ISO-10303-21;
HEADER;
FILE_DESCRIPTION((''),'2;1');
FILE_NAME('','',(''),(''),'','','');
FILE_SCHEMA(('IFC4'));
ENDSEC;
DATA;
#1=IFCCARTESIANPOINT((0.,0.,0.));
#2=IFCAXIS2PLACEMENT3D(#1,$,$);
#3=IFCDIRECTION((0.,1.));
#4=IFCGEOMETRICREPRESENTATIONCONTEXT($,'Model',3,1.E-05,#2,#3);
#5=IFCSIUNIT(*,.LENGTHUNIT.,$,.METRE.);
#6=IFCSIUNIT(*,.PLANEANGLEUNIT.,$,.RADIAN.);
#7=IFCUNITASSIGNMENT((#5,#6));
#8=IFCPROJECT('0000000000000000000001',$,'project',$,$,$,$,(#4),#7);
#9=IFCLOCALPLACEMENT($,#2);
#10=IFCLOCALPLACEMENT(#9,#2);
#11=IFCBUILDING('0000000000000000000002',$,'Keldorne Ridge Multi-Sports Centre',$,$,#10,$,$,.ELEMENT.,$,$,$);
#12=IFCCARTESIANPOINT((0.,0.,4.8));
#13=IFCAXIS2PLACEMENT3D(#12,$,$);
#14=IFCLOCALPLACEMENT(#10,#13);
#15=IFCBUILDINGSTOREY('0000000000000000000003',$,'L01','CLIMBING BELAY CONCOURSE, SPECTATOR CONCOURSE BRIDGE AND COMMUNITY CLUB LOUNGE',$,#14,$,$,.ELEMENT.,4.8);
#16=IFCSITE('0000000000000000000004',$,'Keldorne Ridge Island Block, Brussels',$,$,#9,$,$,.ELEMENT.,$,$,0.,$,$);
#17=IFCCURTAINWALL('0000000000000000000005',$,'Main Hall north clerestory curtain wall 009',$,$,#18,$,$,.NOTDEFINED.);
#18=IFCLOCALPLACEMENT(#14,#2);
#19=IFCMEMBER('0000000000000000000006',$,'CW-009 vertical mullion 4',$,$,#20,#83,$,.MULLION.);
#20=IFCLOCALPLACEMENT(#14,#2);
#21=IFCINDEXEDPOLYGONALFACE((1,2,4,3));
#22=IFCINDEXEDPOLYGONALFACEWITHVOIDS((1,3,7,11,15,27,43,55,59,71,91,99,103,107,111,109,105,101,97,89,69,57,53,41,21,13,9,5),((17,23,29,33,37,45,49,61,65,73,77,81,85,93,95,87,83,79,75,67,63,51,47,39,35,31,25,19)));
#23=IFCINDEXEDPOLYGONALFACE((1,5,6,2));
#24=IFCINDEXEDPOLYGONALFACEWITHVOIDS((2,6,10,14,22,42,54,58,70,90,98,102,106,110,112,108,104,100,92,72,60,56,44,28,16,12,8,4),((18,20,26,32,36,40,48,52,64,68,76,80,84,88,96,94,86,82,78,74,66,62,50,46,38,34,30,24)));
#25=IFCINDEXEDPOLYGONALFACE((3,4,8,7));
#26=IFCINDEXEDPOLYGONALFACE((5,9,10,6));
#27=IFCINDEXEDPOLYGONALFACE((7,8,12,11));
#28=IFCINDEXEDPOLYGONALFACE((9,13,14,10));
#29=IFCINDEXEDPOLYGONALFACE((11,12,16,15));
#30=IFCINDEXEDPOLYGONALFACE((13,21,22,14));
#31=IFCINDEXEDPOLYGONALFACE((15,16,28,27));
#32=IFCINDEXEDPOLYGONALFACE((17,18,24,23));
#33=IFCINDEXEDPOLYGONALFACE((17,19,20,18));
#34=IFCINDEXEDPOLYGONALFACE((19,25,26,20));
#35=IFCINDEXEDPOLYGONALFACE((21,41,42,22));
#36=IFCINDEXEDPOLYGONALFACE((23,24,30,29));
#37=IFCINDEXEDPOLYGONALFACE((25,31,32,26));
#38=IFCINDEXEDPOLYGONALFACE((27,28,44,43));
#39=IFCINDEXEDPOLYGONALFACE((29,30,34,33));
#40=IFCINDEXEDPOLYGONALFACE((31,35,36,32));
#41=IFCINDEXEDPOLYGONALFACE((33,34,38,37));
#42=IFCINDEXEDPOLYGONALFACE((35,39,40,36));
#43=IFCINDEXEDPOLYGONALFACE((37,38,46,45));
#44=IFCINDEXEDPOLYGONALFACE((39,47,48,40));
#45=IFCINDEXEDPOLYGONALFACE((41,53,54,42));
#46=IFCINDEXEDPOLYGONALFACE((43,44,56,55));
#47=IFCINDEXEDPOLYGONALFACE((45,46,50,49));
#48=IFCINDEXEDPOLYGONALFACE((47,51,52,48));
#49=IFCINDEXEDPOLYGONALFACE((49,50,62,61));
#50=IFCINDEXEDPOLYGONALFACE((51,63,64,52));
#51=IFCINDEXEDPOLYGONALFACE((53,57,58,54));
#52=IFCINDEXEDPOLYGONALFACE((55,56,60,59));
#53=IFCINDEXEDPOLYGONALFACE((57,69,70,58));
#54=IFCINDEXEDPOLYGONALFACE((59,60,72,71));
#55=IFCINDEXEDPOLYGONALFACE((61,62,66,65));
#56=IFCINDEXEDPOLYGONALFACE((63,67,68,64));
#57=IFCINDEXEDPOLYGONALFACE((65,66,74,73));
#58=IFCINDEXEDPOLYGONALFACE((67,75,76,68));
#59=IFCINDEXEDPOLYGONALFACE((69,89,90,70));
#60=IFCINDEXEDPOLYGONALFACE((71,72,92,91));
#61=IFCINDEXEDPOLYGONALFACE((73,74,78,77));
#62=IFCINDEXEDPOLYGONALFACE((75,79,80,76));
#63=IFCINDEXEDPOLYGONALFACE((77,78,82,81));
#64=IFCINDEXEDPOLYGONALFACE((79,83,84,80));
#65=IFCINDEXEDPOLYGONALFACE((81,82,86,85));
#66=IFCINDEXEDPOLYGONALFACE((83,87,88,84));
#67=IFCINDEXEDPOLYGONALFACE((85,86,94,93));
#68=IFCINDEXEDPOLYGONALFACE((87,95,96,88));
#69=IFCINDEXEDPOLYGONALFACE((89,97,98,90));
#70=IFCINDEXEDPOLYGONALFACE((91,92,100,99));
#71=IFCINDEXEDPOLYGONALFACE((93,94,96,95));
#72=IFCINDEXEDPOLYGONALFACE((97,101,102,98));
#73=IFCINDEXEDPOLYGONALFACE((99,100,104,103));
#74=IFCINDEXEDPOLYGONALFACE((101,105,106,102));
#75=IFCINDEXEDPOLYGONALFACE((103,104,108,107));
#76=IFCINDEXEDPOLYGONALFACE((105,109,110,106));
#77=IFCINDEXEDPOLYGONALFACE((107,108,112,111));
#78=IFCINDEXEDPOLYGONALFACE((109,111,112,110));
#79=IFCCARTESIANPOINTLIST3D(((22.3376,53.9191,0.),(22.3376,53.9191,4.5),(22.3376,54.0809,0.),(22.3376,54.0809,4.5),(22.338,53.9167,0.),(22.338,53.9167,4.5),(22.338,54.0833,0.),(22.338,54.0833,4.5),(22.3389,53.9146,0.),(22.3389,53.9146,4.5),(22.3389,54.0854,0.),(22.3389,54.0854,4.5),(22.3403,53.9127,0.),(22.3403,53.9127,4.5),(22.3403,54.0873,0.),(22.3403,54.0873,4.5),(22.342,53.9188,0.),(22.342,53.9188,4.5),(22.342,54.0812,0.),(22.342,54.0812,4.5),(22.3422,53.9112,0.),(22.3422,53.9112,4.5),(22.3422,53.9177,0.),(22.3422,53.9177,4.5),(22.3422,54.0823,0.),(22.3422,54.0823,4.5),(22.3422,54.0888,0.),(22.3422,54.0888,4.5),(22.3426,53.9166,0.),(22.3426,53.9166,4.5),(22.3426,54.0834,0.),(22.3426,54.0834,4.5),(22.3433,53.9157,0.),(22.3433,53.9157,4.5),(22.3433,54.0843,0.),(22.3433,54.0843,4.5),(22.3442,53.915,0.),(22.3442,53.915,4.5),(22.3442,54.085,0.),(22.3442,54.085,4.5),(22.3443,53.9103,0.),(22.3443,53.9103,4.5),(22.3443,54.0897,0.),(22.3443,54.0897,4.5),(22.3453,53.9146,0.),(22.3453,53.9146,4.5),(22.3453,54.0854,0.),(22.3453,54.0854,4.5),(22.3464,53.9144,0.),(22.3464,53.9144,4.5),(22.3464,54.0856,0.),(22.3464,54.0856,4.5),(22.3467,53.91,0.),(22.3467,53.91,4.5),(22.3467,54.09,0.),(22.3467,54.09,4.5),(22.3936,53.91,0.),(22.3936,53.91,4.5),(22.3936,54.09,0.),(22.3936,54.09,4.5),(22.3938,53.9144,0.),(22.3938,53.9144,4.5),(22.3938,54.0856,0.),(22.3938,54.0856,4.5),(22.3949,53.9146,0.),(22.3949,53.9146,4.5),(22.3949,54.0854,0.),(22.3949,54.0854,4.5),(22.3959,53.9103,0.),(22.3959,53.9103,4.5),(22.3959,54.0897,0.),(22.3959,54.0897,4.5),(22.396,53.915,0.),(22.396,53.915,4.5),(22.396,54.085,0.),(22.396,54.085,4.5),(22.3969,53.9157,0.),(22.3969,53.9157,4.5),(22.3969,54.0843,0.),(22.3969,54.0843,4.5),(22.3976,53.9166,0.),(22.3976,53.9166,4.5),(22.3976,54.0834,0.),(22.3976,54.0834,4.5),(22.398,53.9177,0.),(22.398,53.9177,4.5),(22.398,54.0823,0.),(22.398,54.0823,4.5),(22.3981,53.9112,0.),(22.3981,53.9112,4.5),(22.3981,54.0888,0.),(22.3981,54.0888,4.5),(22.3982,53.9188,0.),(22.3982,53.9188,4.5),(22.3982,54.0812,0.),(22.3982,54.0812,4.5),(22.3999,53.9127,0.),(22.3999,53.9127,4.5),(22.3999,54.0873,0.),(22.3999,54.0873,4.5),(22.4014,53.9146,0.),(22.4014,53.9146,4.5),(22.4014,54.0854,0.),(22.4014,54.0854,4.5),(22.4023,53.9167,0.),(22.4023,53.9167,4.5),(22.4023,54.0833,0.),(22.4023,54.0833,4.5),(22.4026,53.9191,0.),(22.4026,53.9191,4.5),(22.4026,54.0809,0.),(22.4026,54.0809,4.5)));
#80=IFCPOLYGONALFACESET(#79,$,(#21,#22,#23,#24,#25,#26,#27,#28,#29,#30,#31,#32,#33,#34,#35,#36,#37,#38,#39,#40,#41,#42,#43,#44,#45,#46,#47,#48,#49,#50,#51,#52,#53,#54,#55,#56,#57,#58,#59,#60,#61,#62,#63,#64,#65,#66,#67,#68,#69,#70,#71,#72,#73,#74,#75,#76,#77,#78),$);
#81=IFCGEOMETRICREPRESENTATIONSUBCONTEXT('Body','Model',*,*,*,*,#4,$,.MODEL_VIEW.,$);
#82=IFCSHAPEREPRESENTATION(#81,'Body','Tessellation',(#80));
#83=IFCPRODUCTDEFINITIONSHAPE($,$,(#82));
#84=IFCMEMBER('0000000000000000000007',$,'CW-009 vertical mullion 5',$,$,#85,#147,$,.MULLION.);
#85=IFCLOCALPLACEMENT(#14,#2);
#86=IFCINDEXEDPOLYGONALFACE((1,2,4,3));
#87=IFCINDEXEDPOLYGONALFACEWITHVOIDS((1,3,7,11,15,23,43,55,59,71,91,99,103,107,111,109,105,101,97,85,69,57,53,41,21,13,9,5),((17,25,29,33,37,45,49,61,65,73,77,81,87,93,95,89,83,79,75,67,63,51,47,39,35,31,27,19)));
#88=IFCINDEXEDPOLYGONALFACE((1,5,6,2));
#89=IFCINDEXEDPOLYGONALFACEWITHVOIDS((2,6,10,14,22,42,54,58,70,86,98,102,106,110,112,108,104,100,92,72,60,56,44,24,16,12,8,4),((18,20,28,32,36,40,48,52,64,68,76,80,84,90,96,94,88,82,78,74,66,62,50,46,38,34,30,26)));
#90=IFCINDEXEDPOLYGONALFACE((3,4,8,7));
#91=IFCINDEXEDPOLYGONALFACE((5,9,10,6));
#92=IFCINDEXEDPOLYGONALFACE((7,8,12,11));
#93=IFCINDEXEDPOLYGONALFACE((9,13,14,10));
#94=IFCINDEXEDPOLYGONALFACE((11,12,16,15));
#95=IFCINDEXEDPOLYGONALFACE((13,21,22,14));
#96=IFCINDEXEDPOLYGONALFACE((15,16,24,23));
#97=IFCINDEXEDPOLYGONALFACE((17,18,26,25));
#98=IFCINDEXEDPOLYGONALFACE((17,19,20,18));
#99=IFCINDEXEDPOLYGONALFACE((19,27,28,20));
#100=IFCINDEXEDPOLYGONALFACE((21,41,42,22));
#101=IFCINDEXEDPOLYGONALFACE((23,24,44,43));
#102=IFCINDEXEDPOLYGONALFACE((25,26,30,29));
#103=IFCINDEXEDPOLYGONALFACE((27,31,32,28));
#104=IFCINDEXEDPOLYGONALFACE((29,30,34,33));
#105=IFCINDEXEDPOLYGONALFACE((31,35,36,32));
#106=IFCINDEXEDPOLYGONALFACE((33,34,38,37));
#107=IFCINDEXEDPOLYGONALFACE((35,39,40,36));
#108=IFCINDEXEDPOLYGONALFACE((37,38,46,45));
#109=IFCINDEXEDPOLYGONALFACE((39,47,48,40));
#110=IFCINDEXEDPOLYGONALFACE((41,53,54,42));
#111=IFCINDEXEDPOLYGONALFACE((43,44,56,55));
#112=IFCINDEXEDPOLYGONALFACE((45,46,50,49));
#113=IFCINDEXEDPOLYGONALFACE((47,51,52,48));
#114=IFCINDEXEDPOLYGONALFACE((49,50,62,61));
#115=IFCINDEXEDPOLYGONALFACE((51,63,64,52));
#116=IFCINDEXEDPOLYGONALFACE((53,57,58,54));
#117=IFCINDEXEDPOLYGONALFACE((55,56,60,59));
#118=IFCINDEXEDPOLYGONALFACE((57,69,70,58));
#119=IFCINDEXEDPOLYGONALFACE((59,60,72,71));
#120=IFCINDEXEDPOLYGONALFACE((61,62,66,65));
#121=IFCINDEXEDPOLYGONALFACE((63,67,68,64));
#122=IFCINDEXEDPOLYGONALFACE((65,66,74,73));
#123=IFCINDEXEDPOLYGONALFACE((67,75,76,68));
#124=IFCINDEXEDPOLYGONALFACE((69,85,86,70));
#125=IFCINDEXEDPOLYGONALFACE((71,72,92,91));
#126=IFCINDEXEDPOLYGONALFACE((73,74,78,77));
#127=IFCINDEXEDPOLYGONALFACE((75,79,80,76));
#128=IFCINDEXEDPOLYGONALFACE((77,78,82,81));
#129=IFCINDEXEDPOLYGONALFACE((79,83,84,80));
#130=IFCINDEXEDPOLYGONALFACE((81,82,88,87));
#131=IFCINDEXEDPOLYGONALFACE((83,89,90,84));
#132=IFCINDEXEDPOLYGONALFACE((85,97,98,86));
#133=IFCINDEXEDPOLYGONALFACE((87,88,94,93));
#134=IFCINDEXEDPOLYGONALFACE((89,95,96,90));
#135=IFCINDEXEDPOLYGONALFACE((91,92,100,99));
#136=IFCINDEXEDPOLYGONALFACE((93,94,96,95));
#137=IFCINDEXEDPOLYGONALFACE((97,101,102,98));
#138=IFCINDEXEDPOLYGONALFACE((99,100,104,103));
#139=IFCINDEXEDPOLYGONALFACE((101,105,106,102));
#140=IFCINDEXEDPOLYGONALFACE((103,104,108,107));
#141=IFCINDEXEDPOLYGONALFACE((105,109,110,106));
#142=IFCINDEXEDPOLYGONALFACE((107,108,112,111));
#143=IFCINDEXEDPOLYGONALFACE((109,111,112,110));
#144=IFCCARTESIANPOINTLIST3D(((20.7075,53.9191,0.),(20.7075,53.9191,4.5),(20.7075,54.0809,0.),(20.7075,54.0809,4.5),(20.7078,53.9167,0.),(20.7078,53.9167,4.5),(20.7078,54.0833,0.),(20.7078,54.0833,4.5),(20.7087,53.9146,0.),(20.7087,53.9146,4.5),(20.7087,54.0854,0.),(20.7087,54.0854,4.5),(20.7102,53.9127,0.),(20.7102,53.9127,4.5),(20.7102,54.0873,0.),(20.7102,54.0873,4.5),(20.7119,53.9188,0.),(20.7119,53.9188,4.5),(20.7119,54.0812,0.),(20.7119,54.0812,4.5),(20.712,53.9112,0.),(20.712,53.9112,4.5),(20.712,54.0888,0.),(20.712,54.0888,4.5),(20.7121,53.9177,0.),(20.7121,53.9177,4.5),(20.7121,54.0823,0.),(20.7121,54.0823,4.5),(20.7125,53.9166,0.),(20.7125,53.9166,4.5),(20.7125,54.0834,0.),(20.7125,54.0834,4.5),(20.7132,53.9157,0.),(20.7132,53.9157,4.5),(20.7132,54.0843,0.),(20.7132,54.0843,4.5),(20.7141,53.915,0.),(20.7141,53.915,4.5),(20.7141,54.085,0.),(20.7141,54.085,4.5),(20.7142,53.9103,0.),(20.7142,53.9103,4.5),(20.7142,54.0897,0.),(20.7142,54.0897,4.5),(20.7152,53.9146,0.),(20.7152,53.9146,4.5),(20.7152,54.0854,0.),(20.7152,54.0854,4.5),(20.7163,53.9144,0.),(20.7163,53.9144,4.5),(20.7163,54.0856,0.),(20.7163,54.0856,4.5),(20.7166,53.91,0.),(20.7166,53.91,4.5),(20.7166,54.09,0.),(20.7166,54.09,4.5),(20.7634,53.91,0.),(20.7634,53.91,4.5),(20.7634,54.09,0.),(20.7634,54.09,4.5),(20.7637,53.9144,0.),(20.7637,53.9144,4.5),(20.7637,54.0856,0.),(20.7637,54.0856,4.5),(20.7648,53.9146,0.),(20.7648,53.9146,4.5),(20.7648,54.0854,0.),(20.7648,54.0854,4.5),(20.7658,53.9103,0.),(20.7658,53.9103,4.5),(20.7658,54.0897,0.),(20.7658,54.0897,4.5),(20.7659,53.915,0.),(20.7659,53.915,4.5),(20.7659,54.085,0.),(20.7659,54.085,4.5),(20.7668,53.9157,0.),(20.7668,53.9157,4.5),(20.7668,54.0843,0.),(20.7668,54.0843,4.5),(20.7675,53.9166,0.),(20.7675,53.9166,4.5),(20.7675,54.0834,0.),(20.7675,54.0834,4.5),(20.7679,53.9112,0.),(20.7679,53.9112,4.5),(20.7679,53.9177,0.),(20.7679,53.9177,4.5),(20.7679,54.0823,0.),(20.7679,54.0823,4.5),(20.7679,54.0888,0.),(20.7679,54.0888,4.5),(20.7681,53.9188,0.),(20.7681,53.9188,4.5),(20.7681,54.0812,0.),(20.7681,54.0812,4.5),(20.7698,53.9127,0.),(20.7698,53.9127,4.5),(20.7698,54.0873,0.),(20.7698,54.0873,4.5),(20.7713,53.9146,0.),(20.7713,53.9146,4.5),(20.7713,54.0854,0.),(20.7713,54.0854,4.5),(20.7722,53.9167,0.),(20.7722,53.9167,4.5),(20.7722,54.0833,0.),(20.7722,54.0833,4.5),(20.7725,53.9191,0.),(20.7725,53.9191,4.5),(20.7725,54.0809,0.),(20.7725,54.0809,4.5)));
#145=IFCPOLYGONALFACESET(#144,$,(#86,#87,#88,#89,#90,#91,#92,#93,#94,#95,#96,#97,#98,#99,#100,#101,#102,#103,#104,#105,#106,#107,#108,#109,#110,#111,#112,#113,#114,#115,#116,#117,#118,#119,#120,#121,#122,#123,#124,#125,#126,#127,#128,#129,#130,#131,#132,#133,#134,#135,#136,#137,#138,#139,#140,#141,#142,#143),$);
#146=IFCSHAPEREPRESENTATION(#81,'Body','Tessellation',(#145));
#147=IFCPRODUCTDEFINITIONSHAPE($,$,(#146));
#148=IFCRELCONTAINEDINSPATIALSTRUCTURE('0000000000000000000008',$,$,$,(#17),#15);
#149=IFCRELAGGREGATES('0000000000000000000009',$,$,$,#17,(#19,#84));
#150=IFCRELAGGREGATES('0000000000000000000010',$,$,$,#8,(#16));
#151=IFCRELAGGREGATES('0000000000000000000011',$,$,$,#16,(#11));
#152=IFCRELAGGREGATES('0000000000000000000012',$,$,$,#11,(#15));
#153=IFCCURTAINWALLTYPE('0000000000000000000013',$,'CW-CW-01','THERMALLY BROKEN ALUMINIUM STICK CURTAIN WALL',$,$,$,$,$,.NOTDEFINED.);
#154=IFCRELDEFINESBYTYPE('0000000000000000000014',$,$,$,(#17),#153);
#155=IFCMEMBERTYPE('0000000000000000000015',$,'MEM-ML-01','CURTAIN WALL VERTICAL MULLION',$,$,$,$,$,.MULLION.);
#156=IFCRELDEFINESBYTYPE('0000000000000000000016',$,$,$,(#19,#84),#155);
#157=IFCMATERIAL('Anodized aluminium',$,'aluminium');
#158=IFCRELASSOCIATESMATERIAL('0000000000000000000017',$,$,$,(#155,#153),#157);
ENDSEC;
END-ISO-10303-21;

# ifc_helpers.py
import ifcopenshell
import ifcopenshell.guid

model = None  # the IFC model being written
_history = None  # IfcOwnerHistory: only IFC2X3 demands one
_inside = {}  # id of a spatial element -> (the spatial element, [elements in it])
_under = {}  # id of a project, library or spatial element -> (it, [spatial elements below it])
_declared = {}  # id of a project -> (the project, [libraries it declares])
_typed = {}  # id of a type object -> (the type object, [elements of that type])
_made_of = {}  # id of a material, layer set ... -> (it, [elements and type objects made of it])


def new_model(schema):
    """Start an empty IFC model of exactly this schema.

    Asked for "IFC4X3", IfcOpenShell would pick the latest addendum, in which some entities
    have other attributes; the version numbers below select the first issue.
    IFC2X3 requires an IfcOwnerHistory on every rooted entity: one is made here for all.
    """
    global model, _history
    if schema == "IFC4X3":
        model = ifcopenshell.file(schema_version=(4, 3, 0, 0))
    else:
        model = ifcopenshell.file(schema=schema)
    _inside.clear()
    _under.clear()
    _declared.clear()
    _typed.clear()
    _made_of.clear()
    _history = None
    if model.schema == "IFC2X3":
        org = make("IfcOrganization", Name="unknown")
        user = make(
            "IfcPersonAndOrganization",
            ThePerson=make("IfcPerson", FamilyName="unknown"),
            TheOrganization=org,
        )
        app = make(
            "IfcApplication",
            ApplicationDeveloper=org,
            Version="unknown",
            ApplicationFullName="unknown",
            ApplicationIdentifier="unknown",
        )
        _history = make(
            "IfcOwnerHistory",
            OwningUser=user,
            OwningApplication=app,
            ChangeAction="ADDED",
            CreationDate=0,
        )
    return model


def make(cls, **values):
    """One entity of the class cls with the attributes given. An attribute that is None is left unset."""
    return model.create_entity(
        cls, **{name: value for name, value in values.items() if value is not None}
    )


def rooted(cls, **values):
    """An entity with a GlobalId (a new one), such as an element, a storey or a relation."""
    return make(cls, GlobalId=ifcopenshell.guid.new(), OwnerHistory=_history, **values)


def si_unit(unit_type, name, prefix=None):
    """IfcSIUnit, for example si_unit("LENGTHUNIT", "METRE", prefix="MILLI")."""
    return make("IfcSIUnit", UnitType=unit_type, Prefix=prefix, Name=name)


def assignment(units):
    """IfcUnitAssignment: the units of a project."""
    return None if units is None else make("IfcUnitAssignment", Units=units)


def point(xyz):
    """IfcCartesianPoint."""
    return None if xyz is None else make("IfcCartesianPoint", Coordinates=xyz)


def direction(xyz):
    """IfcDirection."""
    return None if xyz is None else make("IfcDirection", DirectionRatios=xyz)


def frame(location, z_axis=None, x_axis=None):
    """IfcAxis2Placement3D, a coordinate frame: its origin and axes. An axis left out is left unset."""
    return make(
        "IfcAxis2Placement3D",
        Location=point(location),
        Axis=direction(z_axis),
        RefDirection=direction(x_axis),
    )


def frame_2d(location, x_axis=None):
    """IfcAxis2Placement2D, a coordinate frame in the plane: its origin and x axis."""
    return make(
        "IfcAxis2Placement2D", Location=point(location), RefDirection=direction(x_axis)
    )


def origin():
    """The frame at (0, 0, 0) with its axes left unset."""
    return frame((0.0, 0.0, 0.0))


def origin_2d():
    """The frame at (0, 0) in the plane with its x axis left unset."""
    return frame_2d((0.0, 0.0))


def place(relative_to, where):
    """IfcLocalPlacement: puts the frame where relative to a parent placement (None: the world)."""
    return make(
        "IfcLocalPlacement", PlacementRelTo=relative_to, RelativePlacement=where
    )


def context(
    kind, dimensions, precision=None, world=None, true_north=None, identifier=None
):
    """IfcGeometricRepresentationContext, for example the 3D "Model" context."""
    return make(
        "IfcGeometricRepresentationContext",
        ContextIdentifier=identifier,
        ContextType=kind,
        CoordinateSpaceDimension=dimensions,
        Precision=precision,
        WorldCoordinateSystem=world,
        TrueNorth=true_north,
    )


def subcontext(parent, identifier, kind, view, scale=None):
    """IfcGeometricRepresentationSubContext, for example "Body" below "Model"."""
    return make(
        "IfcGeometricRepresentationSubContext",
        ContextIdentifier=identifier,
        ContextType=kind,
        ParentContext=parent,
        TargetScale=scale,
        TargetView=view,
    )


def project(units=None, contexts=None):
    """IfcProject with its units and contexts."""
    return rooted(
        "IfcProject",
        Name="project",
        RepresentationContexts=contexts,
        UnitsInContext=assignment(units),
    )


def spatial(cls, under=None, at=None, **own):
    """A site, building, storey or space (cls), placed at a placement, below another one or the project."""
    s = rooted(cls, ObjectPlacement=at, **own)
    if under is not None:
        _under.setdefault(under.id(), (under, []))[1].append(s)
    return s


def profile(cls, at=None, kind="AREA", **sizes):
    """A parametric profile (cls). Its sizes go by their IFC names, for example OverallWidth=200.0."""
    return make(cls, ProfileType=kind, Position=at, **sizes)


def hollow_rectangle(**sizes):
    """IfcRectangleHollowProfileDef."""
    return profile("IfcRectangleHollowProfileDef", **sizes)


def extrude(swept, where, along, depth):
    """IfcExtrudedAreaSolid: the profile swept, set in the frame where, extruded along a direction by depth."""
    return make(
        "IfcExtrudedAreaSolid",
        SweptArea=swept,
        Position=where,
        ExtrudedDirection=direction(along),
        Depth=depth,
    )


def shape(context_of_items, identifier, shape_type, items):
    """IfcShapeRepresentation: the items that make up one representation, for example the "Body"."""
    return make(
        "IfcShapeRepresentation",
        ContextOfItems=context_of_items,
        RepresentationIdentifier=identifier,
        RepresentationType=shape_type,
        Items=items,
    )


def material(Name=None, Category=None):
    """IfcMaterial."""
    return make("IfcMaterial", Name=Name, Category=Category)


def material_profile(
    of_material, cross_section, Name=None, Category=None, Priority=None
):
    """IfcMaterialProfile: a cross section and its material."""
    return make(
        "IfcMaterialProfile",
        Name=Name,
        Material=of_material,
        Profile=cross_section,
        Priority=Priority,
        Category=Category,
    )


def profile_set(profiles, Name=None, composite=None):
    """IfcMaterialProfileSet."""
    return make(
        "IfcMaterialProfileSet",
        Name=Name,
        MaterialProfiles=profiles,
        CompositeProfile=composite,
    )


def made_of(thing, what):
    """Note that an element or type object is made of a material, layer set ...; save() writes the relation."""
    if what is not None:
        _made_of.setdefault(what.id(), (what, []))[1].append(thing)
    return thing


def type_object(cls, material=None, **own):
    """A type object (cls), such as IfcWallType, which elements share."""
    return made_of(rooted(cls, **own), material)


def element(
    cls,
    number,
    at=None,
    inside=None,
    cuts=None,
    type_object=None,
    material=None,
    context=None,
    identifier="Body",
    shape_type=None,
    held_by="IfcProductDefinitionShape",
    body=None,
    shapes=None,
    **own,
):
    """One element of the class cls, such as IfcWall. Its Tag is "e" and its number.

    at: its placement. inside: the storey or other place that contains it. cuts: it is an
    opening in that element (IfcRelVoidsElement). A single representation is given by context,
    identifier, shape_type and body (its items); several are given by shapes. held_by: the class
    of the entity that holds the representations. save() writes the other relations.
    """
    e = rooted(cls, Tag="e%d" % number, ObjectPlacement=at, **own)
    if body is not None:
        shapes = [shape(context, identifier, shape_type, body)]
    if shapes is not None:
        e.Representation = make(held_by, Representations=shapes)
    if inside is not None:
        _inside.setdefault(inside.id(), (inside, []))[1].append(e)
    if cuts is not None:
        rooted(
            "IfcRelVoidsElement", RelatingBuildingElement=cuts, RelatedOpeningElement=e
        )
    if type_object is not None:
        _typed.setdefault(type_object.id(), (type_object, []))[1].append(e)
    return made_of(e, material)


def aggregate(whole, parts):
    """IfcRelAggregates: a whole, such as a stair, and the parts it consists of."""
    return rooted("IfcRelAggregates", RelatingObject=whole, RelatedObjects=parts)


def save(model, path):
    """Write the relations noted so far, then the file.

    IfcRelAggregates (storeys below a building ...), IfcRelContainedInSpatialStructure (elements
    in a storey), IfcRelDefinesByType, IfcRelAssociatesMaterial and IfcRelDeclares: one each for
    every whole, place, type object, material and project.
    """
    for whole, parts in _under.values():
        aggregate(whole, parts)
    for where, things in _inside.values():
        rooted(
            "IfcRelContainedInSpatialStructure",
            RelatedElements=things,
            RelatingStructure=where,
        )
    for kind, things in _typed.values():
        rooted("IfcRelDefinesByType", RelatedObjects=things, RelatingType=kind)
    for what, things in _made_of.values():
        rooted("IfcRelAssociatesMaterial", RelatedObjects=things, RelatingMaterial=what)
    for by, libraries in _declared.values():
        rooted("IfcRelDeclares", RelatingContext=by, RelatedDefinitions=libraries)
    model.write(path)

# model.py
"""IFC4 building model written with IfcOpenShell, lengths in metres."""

from ifc_helpers import new_model, si_unit, direction, frame, origin, origin_2d, place, context, subcontext, project, spatial, hollow_rectangle, extrude, material, material_profile, profile_set, type_object, element, aggregate, save


model = new_model("IFC4")

# Units and contexts
model_context = context("Model", 3, precision=1e-05, world=origin(), true_north=direction((0.0, 1.0)))
body_context = subcontext(model_context, "Body", "Model", "MODEL_VIEW")
ifc_project = project(units=[si_unit("LENGTHUNIT", "METRE"), si_unit("PLANEANGLEUNIT", "RADIAN")], contexts=[model_context])

# Site, building, storey
site_placement = place(None, origin())
site = spatial("IfcSite", under=ifc_project, at=site_placement, Name="Keldorne Ridge Island Block, Brussels", CompositionType="ELEMENT", RefElevation=0.0)
building_placement = place(site_placement, origin())
building = spatial("IfcBuilding", under=site, at=building_placement, Name="Keldorne Ridge Multi-Sports Centre", CompositionType="ELEMENT")
storey_placement = place(building_placement, frame((0.0, 0.0, 4.8)))
storey = spatial("IfcBuildingStorey", under=building, at=storey_placement, Name="L01", Description="CLIMBING BELAY CONCOURSE, SPECTATOR CONCOURSE BRIDGE AND COMMUNITY CLUB LOUNGE", CompositionType="ELEMENT", Elevation=4.8)

# Curtain wall, members
ifc_material_1 = material(Name="Anodized aluminium", Category="aluminium")
ifc_material_profile_1 = material_profile(ifc_material_1, hollow_rectangle(XDim=0.0649, YDim=0.1799, WallThickness=0.0044, InnerFilletRadius=0.0044, OuterFilletRadius=0.009, at=origin_2d()), Name="ALU MULLION 180x65x4.5")
ifc_profile_set_1 = profile_set([ifc_material_profile_1], Name="Anodized aluminium")
member_type_1 = type_object("IfcMemberType", Name="MEM-ML-01", Description="CURTAIN WALL VERTICAL MULLION", PredefinedType="MULLION", material=ifc_profile_set_1)
curtain_wall_type_1 = type_object("IfcCurtainWallType", Name="CW-CW-01", Description="THERMALLY BROKEN ALUMINIUM STICK CURTAIN WALL", PredefinedType="NOTDEFINED", material=ifc_material_1)
curtain_wall_1_placement = place(storey_placement, origin())
curtain_wall_1 = element("IfcCurtainWall", 1, at=curtain_wall_1_placement, inside=storey, type_object=curtain_wall_type_1, Name="Main Hall north clerestory curtain wall 009", PredefinedType="NOTDEFINED")
member_1_placement = place(storey_placement, frame((22.3701, 54.0, 0.0), z_axis=(0.0, 0.0, 1.0), x_axis=(1.0, 0.0, 0.0)))
member_1 = element("IfcMember", 2, at=member_1_placement, type_object=member_type_1, Name="CW-009 vertical mullion 4", PredefinedType="MULLION", context=body_context, shape_type="SweptSolid", body=[
    extrude(hollow_rectangle(XDim=0.0649, YDim=0.1799, WallThickness=0.0044, InnerFilletRadius=0.0044, OuterFilletRadius=0.009, at=origin_2d()), origin(), (0.0, 0.0, 1.0), 4.5),
])
member_2_placement = place(storey_placement, frame((20.74, 54.0, 0.0), z_axis=(0.0, 0.0, 1.0), x_axis=(1.0, 0.0, 0.0)))
member_2 = element("IfcMember", 3, at=member_2_placement, type_object=member_type_1, Name="CW-009 vertical mullion 5", PredefinedType="MULLION", context=body_context, shape_type="SweptSolid", body=[
    extrude(hollow_rectangle(XDim=0.0649, YDim=0.1799, WallThickness=0.0044, InnerFilletRadius=0.0044, OuterFilletRadius=0.009, at=origin_2d()), origin(), (0.0, 0.0, 1.0), 4.5),
])

aggregate(curtain_wall_1, [member_1, member_2])

save(model, "model.ifc")
